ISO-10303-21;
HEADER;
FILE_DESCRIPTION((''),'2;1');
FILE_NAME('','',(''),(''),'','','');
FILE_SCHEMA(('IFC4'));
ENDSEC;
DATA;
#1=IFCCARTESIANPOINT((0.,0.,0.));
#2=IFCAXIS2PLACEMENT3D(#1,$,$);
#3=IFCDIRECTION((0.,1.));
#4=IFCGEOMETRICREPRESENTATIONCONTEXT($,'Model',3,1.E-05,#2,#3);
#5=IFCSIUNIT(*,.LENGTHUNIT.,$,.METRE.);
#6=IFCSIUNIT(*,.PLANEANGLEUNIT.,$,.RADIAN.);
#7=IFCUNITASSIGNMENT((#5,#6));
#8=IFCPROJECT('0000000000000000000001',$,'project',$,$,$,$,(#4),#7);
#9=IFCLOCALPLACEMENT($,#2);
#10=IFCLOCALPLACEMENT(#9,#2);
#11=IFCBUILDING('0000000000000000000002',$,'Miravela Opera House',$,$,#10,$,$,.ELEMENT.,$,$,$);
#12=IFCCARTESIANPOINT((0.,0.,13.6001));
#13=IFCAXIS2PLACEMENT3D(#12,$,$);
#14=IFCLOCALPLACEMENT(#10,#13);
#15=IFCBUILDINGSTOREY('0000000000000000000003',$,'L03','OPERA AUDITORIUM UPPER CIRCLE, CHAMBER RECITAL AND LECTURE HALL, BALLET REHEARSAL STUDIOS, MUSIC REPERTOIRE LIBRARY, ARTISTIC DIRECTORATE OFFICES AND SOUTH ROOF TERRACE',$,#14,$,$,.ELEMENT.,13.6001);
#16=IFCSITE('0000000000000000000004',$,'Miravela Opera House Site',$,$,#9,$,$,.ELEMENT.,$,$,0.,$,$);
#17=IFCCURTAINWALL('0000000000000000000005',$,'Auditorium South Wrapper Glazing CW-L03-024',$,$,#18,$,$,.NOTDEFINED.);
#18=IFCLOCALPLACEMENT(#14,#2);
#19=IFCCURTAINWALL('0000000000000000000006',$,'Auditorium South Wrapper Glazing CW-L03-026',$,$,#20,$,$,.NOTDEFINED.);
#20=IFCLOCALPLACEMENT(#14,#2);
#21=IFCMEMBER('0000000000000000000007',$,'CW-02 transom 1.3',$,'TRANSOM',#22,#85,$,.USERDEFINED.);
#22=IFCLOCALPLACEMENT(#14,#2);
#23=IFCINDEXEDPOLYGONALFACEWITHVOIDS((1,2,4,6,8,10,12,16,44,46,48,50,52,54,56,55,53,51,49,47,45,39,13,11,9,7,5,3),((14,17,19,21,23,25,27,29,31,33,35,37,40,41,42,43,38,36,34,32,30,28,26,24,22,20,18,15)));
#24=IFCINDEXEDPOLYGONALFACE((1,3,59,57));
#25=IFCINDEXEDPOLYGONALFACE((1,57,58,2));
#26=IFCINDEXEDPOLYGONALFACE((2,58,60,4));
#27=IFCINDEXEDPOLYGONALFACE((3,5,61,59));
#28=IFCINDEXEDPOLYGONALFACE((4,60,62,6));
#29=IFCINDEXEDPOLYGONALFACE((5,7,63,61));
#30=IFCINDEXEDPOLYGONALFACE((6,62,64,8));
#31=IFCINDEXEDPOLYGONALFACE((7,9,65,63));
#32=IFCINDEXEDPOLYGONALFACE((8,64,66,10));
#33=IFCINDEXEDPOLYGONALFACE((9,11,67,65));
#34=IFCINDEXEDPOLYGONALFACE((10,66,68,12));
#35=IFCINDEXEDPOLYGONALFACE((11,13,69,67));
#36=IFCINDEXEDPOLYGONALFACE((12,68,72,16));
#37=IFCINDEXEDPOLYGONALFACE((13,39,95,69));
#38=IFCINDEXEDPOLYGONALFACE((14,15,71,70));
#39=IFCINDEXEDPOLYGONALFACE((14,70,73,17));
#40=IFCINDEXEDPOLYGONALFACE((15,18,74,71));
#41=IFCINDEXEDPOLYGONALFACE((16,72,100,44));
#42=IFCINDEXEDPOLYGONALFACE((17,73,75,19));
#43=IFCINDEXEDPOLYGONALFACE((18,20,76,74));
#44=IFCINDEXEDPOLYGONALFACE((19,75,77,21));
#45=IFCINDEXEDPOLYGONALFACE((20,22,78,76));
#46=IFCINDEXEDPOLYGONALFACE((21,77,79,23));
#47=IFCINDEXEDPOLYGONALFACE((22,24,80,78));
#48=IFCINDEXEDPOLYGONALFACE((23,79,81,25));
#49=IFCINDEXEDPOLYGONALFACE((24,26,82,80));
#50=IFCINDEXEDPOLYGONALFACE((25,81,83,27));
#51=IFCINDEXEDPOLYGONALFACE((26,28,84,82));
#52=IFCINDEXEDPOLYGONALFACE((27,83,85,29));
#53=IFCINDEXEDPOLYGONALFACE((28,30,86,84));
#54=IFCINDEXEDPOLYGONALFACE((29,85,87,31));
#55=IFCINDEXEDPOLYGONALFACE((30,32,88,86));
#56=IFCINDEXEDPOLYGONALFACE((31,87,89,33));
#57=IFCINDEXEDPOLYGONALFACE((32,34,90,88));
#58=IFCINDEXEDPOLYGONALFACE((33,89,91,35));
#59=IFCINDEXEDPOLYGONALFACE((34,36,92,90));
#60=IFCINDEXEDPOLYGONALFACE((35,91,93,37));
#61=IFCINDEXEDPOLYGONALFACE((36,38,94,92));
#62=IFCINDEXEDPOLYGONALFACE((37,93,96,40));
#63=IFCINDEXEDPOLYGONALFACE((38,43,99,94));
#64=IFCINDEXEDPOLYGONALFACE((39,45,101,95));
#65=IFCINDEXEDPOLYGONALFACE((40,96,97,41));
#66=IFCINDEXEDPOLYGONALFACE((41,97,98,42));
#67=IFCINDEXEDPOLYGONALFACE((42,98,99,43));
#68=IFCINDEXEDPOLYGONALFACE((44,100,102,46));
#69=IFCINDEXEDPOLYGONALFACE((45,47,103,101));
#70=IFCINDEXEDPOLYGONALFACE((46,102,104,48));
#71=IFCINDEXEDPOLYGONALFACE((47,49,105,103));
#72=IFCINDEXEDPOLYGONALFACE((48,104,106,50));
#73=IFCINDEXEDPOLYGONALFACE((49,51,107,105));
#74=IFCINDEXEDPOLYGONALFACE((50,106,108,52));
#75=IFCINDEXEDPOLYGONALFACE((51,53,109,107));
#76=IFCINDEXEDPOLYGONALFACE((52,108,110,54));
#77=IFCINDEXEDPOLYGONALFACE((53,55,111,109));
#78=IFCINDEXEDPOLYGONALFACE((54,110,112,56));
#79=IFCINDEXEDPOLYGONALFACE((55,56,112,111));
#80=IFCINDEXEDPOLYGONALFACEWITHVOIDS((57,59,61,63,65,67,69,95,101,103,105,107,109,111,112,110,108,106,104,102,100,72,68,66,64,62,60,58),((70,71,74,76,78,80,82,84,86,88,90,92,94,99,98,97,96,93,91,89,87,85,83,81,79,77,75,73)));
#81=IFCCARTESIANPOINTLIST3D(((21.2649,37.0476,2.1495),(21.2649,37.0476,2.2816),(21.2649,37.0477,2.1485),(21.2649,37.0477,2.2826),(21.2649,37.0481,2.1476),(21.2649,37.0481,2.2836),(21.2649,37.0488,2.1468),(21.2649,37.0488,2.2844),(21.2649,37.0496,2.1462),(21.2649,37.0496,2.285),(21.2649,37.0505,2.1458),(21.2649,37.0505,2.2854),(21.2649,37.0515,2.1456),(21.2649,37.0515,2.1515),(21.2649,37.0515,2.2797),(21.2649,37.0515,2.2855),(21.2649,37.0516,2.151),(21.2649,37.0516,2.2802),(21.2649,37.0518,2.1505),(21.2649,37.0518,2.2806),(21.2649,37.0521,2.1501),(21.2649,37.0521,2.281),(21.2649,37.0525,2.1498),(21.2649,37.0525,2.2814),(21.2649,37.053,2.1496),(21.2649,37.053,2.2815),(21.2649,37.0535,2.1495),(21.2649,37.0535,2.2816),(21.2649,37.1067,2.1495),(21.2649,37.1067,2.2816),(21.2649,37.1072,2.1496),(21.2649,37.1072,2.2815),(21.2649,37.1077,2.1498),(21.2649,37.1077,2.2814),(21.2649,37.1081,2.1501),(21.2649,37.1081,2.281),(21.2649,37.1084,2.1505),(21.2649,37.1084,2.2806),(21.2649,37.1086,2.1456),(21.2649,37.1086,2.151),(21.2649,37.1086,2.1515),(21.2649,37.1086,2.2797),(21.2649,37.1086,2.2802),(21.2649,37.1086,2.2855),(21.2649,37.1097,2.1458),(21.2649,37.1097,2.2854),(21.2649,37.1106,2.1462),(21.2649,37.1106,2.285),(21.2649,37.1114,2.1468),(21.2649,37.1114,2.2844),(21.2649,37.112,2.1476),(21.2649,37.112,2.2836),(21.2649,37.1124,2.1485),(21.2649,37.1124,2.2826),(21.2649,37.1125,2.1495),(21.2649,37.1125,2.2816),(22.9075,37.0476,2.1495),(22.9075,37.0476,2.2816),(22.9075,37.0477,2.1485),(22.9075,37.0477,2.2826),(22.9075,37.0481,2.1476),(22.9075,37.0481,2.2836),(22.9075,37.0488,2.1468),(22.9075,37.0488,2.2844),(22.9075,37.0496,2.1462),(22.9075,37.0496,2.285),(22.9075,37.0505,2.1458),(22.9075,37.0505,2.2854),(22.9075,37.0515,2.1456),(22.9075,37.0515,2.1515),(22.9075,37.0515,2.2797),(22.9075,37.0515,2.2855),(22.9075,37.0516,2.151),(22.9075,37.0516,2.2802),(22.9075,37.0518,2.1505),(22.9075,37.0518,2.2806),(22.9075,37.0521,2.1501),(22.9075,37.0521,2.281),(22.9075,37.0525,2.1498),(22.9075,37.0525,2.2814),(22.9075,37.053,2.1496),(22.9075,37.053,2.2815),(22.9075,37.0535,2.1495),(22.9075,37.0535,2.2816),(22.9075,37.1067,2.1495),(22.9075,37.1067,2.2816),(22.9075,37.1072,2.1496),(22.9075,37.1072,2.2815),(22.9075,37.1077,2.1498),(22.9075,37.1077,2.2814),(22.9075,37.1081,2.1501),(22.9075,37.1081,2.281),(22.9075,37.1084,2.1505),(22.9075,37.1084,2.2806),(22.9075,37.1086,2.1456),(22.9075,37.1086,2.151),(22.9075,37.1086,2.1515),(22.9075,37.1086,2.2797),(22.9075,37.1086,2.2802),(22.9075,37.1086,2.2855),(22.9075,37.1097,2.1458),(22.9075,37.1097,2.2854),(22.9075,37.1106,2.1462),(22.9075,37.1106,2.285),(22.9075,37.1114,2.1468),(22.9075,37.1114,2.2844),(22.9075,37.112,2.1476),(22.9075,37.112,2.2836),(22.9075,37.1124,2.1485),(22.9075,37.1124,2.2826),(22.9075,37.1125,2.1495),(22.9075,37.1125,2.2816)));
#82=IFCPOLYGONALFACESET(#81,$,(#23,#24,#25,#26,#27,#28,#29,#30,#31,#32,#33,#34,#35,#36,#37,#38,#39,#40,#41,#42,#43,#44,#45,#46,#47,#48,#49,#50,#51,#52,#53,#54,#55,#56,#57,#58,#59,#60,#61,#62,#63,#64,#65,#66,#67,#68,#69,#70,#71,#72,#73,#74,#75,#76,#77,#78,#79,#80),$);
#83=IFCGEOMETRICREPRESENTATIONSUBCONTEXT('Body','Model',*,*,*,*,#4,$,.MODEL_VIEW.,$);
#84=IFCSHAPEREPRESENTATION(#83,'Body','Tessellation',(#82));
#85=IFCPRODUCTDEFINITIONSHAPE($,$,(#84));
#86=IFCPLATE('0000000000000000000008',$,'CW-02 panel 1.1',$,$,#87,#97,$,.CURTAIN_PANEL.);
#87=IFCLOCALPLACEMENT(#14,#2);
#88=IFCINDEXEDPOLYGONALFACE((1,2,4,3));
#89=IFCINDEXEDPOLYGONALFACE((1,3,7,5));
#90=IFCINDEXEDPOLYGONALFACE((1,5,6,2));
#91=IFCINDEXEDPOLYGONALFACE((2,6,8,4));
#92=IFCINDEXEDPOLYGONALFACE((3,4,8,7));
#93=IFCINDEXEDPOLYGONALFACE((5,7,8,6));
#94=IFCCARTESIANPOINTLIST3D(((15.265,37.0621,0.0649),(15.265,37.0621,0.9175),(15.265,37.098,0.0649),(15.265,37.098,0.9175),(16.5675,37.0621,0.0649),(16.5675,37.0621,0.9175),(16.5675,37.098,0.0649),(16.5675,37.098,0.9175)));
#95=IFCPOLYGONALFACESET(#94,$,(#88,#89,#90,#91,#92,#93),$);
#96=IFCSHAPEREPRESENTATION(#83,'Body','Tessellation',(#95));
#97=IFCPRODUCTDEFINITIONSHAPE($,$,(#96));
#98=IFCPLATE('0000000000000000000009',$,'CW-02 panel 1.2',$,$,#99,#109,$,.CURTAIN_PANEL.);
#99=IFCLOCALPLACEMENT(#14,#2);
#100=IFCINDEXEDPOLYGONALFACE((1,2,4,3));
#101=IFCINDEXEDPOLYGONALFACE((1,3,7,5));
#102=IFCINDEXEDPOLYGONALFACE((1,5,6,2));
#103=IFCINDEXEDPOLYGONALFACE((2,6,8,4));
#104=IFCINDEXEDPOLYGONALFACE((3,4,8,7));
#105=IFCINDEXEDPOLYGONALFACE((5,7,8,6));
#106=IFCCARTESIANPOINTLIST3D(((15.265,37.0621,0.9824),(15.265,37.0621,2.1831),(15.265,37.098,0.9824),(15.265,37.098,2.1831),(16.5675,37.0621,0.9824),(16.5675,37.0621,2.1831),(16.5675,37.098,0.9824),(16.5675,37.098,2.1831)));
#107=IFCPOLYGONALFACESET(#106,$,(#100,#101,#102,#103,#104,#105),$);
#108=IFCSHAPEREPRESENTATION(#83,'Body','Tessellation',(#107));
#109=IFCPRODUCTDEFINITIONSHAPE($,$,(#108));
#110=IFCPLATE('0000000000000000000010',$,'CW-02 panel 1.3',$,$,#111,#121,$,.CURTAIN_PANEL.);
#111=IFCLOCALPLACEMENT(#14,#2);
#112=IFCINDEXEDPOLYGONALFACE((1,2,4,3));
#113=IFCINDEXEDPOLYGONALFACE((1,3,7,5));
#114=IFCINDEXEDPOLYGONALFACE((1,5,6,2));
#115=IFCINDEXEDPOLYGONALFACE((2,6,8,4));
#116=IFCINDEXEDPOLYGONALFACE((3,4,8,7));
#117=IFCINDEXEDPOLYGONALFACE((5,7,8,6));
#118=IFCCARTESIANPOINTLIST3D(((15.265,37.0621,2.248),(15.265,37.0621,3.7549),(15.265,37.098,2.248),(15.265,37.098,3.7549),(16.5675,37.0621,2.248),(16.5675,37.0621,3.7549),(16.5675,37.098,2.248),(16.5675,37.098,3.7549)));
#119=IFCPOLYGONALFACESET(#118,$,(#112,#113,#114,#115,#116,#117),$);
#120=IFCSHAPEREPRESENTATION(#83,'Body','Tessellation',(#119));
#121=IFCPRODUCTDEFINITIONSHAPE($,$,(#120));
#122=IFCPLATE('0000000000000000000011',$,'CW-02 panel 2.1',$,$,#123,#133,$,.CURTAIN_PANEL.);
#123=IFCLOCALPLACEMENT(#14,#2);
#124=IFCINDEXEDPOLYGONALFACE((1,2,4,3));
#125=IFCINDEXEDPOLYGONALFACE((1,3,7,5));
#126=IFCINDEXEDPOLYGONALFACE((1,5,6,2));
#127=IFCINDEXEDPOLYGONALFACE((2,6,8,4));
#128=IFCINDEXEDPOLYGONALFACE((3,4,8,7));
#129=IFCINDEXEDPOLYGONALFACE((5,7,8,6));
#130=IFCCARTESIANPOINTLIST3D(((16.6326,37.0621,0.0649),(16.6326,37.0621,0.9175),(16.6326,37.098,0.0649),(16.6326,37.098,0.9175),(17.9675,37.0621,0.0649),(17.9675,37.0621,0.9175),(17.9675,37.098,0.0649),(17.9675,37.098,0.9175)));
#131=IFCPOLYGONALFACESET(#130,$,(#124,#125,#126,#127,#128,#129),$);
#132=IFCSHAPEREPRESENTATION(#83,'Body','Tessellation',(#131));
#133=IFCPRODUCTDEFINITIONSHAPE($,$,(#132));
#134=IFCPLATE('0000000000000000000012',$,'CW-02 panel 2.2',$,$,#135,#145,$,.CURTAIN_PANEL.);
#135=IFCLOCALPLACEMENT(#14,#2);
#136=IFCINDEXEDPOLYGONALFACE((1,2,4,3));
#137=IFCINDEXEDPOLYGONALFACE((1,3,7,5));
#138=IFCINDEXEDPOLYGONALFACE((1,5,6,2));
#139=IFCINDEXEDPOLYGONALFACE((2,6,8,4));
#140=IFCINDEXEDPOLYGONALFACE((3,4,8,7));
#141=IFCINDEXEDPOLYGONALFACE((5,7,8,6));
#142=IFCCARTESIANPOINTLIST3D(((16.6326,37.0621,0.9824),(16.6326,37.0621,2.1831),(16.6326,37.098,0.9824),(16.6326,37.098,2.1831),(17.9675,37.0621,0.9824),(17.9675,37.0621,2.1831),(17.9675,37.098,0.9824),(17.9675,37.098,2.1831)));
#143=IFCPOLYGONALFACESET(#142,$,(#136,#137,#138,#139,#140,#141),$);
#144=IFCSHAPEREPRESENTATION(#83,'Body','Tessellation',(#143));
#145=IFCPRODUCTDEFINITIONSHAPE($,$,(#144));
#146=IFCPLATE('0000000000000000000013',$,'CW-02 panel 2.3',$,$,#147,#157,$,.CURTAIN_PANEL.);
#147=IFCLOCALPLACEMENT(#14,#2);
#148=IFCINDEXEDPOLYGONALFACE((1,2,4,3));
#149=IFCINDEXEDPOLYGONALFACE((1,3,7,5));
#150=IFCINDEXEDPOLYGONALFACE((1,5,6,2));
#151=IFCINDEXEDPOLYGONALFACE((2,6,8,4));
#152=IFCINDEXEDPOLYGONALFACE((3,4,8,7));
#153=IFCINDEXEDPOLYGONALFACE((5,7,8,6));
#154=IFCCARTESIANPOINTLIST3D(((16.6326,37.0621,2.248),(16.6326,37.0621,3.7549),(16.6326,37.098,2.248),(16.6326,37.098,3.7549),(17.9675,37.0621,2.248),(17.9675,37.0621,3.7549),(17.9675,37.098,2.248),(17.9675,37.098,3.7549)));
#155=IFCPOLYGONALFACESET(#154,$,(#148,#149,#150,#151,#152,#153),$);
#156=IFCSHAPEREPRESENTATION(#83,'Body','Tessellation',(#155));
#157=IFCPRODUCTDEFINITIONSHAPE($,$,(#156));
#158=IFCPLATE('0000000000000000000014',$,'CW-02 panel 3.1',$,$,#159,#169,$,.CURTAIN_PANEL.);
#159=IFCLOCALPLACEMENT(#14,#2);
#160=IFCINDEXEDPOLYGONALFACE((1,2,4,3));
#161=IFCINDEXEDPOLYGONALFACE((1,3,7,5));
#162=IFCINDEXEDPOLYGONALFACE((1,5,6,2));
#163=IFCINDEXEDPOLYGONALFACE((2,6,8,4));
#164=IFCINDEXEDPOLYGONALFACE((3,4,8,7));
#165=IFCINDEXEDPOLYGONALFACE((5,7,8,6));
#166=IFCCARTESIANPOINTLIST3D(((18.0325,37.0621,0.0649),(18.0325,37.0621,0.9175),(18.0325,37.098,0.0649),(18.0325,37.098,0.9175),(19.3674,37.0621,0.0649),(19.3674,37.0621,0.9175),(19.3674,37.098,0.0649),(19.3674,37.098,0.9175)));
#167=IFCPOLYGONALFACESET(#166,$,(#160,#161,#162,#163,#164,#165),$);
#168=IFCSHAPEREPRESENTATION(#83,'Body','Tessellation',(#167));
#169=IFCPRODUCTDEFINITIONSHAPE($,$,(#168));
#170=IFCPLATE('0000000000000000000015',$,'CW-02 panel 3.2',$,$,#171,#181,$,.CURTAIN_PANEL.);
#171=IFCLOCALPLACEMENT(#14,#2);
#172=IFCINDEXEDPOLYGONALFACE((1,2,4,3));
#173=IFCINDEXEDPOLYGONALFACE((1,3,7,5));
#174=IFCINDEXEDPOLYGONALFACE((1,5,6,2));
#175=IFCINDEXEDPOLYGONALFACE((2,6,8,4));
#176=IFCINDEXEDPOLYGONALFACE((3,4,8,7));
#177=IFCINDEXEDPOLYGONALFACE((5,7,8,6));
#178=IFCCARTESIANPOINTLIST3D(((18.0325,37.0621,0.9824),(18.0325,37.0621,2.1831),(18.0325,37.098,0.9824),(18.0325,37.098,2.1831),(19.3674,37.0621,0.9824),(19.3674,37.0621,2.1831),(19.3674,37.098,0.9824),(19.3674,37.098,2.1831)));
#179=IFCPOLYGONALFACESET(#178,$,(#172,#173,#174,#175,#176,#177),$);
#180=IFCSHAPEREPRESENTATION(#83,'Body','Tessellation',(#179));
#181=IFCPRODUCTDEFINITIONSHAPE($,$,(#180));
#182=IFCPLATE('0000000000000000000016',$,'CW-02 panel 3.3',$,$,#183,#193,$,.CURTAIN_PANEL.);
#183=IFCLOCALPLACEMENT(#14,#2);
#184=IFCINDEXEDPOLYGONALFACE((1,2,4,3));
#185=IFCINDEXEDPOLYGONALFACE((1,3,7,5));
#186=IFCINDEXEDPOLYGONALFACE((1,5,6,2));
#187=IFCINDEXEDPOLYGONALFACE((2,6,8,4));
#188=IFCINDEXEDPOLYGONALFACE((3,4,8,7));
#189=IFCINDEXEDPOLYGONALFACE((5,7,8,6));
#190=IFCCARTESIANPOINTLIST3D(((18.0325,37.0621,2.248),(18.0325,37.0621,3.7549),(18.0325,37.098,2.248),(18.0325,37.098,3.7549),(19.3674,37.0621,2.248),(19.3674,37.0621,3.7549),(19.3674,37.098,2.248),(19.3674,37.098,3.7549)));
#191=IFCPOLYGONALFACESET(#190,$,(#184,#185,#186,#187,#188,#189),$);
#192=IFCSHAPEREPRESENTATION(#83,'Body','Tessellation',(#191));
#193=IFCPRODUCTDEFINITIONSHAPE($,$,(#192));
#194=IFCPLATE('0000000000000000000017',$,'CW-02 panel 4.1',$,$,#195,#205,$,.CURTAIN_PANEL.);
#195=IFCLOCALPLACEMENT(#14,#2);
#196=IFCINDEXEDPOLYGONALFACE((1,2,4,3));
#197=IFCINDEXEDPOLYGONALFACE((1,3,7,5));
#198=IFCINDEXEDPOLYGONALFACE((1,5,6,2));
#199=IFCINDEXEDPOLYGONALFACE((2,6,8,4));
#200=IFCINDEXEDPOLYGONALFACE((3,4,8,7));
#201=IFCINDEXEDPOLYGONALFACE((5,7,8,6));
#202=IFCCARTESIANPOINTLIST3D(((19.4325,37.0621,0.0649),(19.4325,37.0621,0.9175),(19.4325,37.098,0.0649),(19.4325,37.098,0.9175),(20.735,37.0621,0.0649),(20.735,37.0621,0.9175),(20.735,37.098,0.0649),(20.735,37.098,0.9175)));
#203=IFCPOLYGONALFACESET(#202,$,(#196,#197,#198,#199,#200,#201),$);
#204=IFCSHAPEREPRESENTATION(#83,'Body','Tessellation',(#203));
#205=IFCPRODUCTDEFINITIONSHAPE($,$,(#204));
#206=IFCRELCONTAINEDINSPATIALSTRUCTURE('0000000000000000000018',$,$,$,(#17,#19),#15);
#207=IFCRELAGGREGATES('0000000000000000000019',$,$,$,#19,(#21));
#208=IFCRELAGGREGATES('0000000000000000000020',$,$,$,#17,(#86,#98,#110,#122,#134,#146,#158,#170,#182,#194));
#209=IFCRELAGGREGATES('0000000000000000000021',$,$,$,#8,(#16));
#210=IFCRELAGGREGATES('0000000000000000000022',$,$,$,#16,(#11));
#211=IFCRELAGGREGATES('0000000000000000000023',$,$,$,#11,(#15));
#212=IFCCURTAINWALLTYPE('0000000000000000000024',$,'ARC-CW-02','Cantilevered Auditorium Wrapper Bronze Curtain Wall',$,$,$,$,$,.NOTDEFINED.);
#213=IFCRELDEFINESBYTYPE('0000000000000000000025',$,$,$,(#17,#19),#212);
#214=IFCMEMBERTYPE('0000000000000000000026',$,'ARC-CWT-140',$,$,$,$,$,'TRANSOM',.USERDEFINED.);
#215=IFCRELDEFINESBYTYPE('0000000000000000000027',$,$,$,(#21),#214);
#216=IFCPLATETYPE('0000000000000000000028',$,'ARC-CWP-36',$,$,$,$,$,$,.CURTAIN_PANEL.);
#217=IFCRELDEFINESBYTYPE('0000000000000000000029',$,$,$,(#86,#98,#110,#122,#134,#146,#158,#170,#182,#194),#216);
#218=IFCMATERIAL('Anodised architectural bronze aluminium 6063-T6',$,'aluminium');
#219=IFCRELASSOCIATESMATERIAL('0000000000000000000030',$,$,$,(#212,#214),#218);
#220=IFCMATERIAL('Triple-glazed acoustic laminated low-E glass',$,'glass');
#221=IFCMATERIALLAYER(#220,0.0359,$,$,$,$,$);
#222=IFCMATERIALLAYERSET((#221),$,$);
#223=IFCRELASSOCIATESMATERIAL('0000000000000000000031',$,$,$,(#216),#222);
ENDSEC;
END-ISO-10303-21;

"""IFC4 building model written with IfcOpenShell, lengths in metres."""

from ifc_helpers import new_model, si_unit, direction, frame, origin, origin_2d, place, context, subcontext, project, spatial, rectangle, hollow_rectangle, extrude, material, layer, layer_set, material_profile, profile_set, type_object, element, aggregate, save


model = new_model("IFC4")

# Units and contexts
model_context = context("Model", 3, precision=1e-05, world=origin(), true_north=direction((0.0, 1.0)))
body_context = subcontext(model_context, "Body", "Model", "MODEL_VIEW")
ifc_project = project(units=[si_unit("LENGTHUNIT", "METRE"), si_unit("PLANEANGLEUNIT", "RADIAN")], contexts=[model_context])

# Site, building, storey
site_placement = place(None, origin())
site = spatial("IfcSite", under=ifc_project, at=site_placement, Name="Miravela Opera House Site", CompositionType="ELEMENT", RefElevation=0.0)
building_placement = place(site_placement, origin())
building = spatial("IfcBuilding", under=site, at=building_placement, Name="Miravela Opera House", CompositionType="ELEMENT")
storey_placement = place(building_placement, frame((0.0, 0.0, 13.6001)))
storey = spatial("IfcBuildingStorey", under=building, at=storey_placement, Name="L03", Description="OPERA AUDITORIUM UPPER CIRCLE, CHAMBER RECITAL AND LECTURE HALL, BALLET REHEARSAL STUDIOS, MUSIC REPERTOIRE LIBRARY, ARTISTIC DIRECTORATE OFFICES AND SOUTH ROOF TERRACE", CompositionType="ELEMENT", Elevation=13.6001)

# Curtain wall
ifc_material_1 = material(Name="Anodised architectural bronze aluminium 6063-T6", Category="aluminium")
curtain_wall_type = type_object("IfcCurtainWallType", Name="ARC-CW-02", Description="Cantilevered Auditorium Wrapper Bronze Curtain Wall", PredefinedType="NOTDEFINED", material=ifc_material_1)
curtain_wall_1_placement = place(storey_placement, origin())
curtain_wall_1 = element("IfcCurtainWall", 1, at=curtain_wall_1_placement, inside=storey, type_object=curtain_wall_type, Name="Auditorium South Wrapper Glazing CW-L03-024", PredefinedType="NOTDEFINED")

# Curtain wall
curtain_wall_2_placement = place(storey_placement, origin())
curtain_wall_2 = element("IfcCurtainWall", 2, at=curtain_wall_2_placement, inside=storey, type_object=curtain_wall_type, Name="Auditorium South Wrapper Glazing CW-L03-026", PredefinedType="NOTDEFINED")

# Member
ifc_material_profile_1 = material_profile(ifc_material_1, hollow_rectangle(XDim=0.0649, YDim=0.1399, WallThickness=0.0039, InnerFilletRadius=0.002, OuterFilletRadius=0.0039, at=origin_2d()), Name="CWT-65X140")
ifc_profile_set_1 = profile_set([ifc_material_profile_1])
member_type_1 = type_object("IfcMemberType", Name="ARC-CWT-140", ElementType="TRANSOM", PredefinedType="USERDEFINED", material=ifc_profile_set_1)
member_1_placement = place(storey_placement, frame((21.2649, 37.0801, 2.2156), z_axis=(1.0, 0.0, 0.0), x_axis=(0.0, 1.0, 0.0)))
member_1 = element("IfcMember", 3, at=member_1_placement, type_object=member_type_1, Name="CW-02 transom 1.3", ObjectType="TRANSOM", PredefinedType="USERDEFINED", context=body_context, shape_type="SweptSolid", body=[
    extrude(hollow_rectangle(XDim=0.0649, YDim=0.1399, WallThickness=0.0039, InnerFilletRadius=0.002, OuterFilletRadius=0.0039, at=origin_2d()), origin(), (0.0, 0.0, 1.0), 1.6426),
])
aggregate(curtain_wall_2, [member_1])

# Plates
ifc_material_2 = material(Name="Triple-glazed acoustic laminated low-E glass", Category="glass")
ifc_layer = layer(ifc_material_2, 0.0359)
ifc_layer_set = layer_set([ifc_layer])
plate_type = type_object("IfcPlateType", Name="ARC-CWP-36", PredefinedType="CURTAIN_PANEL", material=ifc_layer_set)
plate_1_placement = place(storey_placement, frame((15.9163, 37.0801, 0.0649), z_axis=(0.0, 0.0, 1.0), x_axis=(1.0, 0.0, 0.0)))
plate_1 = element("IfcPlate", 4, at=plate_1_placement, type_object=plate_type, Name="CW-02 panel 1.1", PredefinedType="CURTAIN_PANEL", context=body_context, shape_type="SweptSolid", body=[
    extrude(rectangle(XDim=1.3025, YDim=0.0359, at=origin_2d()), origin(), (0.0, 0.0, 1.0), 0.8525),
])
plate_2_placement = place(storey_placement, frame((15.9163, 37.0801, 0.9824), z_axis=(0.0, 0.0, 1.0), x_axis=(1.0, 0.0, 0.0)))
plate_2 = element("IfcPlate", 5, at=plate_2_placement, type_object=plate_type, Name="CW-02 panel 1.2", PredefinedType="CURTAIN_PANEL", context=body_context, shape_type="SweptSolid", body=[
    extrude(rectangle(XDim=1.3025, YDim=0.0359, at=origin_2d()), origin(), (0.0, 0.0, 1.0), 1.2007),
])
plate_3_placement = place(storey_placement, frame((15.9163, 37.0801, 2.248), z_axis=(0.0, 0.0, 1.0), x_axis=(1.0, 0.0, 0.0)))
plate_3 = element("IfcPlate", 6, at=plate_3_placement, type_object=plate_type, Name="CW-02 panel 1.3", PredefinedType="CURTAIN_PANEL", context=body_context, shape_type="SweptSolid", body=[
    extrude(rectangle(XDim=1.3025, YDim=0.0359, at=origin_2d()), origin(), (0.0, 0.0, 1.0), 1.5068),
])
plate_4_placement = place(storey_placement, frame((17.3, 37.0801, 0.0649), z_axis=(0.0, 0.0, 1.0), x_axis=(1.0, 0.0, 0.0)))
plate_4 = element("IfcPlate", 7, at=plate_4_placement, type_object=plate_type, Name="CW-02 panel 2.1", PredefinedType="CURTAIN_PANEL", context=body_context, shape_type="SweptSolid", body=[
    extrude(rectangle(XDim=1.335, YDim=0.0359, at=origin_2d()), origin(), (0.0, 0.0, 1.0), 0.8525),
])
plate_5_placement = place(storey_placement, frame((17.3, 37.0801, 0.9824), z_axis=(0.0, 0.0, 1.0), x_axis=(1.0, 0.0, 0.0)))
plate_5 = element("IfcPlate", 8, at=plate_5_placement, type_object=plate_type, Name="CW-02 panel 2.2", PredefinedType="CURTAIN_PANEL", context=body_context, shape_type="SweptSolid", body=[
    extrude(rectangle(XDim=1.335, YDim=0.0359, at=origin_2d()), origin(), (0.0, 0.0, 1.0), 1.2007),
])
plate_6_placement = place(storey_placement, frame((17.3, 37.0801, 2.248), z_axis=(0.0, 0.0, 1.0), x_axis=(1.0, 0.0, 0.0)))
plate_6 = element("IfcPlate", 9, at=plate_6_placement, type_object=plate_type, Name="CW-02 panel 2.3", PredefinedType="CURTAIN_PANEL", context=body_context, shape_type="SweptSolid", body=[
    extrude(rectangle(XDim=1.335, YDim=0.0359, at=origin_2d()), origin(), (0.0, 0.0, 1.0), 1.5068),
])
plate_7_placement = place(storey_placement, frame((18.7, 37.0801, 0.0649), z_axis=(0.0, 0.0, 1.0), x_axis=(1.0, 0.0, 0.0)))
plate_7 = element("IfcPlate", 10, at=plate_7_placement, type_object=plate_type, Name="CW-02 panel 3.1", PredefinedType="CURTAIN_PANEL", context=body_context, shape_type="SweptSolid", body=[
    extrude(rectangle(XDim=1.335, YDim=0.0359, at=origin_2d()), origin(), (0.0, 0.0, 1.0), 0.8525),
])
plate_8_placement = place(storey_placement, frame((18.7, 37.0801, 0.9824), z_axis=(0.0, 0.0, 1.0), x_axis=(1.0, 0.0, 0.0)))
plate_8 = element("IfcPlate", 11, at=plate_8_placement, type_object=plate_type, Name="CW-02 panel 3.2", PredefinedType="CURTAIN_PANEL", context=body_context, shape_type="SweptSolid", body=[
    extrude(rectangle(XDim=1.335, YDim=0.0359, at=origin_2d()), origin(), (0.0, 0.0, 1.0), 1.2007),
])
plate_9_placement = place(storey_placement, frame((18.7, 37.0801, 2.248), z_axis=(0.0, 0.0, 1.0), x_axis=(1.0, 0.0, 0.0)))
plate_9 = element("IfcPlate", 12, at=plate_9_placement, type_object=plate_type, Name="CW-02 panel 3.3", PredefinedType="CURTAIN_PANEL", context=body_context, shape_type="SweptSolid", body=[
    extrude(rectangle(XDim=1.335, YDim=0.0359, at=origin_2d()), origin(), (0.0, 0.0, 1.0), 1.5068),
])
plate_10_placement = place(storey_placement, frame((20.0837, 37.0801, 0.0649), z_axis=(0.0, 0.0, 1.0), x_axis=(1.0, 0.0, 0.0)))
plate_10 = element("IfcPlate", 13, at=plate_10_placement, type_object=plate_type, Name="CW-02 panel 4.1", PredefinedType="CURTAIN_PANEL", context=body_context, shape_type="SweptSolid", body=[
    extrude(rectangle(XDim=1.3025, YDim=0.0359, at=origin_2d()), origin(), (0.0, 0.0, 1.0), 0.8525),
])
aggregate(curtain_wall_1, [plate_1, plate_2, plate_3, plate_4, plate_5, plate_6, plate_7, plate_8, plate_9, plate_10])

save(model, "model.ifc")
